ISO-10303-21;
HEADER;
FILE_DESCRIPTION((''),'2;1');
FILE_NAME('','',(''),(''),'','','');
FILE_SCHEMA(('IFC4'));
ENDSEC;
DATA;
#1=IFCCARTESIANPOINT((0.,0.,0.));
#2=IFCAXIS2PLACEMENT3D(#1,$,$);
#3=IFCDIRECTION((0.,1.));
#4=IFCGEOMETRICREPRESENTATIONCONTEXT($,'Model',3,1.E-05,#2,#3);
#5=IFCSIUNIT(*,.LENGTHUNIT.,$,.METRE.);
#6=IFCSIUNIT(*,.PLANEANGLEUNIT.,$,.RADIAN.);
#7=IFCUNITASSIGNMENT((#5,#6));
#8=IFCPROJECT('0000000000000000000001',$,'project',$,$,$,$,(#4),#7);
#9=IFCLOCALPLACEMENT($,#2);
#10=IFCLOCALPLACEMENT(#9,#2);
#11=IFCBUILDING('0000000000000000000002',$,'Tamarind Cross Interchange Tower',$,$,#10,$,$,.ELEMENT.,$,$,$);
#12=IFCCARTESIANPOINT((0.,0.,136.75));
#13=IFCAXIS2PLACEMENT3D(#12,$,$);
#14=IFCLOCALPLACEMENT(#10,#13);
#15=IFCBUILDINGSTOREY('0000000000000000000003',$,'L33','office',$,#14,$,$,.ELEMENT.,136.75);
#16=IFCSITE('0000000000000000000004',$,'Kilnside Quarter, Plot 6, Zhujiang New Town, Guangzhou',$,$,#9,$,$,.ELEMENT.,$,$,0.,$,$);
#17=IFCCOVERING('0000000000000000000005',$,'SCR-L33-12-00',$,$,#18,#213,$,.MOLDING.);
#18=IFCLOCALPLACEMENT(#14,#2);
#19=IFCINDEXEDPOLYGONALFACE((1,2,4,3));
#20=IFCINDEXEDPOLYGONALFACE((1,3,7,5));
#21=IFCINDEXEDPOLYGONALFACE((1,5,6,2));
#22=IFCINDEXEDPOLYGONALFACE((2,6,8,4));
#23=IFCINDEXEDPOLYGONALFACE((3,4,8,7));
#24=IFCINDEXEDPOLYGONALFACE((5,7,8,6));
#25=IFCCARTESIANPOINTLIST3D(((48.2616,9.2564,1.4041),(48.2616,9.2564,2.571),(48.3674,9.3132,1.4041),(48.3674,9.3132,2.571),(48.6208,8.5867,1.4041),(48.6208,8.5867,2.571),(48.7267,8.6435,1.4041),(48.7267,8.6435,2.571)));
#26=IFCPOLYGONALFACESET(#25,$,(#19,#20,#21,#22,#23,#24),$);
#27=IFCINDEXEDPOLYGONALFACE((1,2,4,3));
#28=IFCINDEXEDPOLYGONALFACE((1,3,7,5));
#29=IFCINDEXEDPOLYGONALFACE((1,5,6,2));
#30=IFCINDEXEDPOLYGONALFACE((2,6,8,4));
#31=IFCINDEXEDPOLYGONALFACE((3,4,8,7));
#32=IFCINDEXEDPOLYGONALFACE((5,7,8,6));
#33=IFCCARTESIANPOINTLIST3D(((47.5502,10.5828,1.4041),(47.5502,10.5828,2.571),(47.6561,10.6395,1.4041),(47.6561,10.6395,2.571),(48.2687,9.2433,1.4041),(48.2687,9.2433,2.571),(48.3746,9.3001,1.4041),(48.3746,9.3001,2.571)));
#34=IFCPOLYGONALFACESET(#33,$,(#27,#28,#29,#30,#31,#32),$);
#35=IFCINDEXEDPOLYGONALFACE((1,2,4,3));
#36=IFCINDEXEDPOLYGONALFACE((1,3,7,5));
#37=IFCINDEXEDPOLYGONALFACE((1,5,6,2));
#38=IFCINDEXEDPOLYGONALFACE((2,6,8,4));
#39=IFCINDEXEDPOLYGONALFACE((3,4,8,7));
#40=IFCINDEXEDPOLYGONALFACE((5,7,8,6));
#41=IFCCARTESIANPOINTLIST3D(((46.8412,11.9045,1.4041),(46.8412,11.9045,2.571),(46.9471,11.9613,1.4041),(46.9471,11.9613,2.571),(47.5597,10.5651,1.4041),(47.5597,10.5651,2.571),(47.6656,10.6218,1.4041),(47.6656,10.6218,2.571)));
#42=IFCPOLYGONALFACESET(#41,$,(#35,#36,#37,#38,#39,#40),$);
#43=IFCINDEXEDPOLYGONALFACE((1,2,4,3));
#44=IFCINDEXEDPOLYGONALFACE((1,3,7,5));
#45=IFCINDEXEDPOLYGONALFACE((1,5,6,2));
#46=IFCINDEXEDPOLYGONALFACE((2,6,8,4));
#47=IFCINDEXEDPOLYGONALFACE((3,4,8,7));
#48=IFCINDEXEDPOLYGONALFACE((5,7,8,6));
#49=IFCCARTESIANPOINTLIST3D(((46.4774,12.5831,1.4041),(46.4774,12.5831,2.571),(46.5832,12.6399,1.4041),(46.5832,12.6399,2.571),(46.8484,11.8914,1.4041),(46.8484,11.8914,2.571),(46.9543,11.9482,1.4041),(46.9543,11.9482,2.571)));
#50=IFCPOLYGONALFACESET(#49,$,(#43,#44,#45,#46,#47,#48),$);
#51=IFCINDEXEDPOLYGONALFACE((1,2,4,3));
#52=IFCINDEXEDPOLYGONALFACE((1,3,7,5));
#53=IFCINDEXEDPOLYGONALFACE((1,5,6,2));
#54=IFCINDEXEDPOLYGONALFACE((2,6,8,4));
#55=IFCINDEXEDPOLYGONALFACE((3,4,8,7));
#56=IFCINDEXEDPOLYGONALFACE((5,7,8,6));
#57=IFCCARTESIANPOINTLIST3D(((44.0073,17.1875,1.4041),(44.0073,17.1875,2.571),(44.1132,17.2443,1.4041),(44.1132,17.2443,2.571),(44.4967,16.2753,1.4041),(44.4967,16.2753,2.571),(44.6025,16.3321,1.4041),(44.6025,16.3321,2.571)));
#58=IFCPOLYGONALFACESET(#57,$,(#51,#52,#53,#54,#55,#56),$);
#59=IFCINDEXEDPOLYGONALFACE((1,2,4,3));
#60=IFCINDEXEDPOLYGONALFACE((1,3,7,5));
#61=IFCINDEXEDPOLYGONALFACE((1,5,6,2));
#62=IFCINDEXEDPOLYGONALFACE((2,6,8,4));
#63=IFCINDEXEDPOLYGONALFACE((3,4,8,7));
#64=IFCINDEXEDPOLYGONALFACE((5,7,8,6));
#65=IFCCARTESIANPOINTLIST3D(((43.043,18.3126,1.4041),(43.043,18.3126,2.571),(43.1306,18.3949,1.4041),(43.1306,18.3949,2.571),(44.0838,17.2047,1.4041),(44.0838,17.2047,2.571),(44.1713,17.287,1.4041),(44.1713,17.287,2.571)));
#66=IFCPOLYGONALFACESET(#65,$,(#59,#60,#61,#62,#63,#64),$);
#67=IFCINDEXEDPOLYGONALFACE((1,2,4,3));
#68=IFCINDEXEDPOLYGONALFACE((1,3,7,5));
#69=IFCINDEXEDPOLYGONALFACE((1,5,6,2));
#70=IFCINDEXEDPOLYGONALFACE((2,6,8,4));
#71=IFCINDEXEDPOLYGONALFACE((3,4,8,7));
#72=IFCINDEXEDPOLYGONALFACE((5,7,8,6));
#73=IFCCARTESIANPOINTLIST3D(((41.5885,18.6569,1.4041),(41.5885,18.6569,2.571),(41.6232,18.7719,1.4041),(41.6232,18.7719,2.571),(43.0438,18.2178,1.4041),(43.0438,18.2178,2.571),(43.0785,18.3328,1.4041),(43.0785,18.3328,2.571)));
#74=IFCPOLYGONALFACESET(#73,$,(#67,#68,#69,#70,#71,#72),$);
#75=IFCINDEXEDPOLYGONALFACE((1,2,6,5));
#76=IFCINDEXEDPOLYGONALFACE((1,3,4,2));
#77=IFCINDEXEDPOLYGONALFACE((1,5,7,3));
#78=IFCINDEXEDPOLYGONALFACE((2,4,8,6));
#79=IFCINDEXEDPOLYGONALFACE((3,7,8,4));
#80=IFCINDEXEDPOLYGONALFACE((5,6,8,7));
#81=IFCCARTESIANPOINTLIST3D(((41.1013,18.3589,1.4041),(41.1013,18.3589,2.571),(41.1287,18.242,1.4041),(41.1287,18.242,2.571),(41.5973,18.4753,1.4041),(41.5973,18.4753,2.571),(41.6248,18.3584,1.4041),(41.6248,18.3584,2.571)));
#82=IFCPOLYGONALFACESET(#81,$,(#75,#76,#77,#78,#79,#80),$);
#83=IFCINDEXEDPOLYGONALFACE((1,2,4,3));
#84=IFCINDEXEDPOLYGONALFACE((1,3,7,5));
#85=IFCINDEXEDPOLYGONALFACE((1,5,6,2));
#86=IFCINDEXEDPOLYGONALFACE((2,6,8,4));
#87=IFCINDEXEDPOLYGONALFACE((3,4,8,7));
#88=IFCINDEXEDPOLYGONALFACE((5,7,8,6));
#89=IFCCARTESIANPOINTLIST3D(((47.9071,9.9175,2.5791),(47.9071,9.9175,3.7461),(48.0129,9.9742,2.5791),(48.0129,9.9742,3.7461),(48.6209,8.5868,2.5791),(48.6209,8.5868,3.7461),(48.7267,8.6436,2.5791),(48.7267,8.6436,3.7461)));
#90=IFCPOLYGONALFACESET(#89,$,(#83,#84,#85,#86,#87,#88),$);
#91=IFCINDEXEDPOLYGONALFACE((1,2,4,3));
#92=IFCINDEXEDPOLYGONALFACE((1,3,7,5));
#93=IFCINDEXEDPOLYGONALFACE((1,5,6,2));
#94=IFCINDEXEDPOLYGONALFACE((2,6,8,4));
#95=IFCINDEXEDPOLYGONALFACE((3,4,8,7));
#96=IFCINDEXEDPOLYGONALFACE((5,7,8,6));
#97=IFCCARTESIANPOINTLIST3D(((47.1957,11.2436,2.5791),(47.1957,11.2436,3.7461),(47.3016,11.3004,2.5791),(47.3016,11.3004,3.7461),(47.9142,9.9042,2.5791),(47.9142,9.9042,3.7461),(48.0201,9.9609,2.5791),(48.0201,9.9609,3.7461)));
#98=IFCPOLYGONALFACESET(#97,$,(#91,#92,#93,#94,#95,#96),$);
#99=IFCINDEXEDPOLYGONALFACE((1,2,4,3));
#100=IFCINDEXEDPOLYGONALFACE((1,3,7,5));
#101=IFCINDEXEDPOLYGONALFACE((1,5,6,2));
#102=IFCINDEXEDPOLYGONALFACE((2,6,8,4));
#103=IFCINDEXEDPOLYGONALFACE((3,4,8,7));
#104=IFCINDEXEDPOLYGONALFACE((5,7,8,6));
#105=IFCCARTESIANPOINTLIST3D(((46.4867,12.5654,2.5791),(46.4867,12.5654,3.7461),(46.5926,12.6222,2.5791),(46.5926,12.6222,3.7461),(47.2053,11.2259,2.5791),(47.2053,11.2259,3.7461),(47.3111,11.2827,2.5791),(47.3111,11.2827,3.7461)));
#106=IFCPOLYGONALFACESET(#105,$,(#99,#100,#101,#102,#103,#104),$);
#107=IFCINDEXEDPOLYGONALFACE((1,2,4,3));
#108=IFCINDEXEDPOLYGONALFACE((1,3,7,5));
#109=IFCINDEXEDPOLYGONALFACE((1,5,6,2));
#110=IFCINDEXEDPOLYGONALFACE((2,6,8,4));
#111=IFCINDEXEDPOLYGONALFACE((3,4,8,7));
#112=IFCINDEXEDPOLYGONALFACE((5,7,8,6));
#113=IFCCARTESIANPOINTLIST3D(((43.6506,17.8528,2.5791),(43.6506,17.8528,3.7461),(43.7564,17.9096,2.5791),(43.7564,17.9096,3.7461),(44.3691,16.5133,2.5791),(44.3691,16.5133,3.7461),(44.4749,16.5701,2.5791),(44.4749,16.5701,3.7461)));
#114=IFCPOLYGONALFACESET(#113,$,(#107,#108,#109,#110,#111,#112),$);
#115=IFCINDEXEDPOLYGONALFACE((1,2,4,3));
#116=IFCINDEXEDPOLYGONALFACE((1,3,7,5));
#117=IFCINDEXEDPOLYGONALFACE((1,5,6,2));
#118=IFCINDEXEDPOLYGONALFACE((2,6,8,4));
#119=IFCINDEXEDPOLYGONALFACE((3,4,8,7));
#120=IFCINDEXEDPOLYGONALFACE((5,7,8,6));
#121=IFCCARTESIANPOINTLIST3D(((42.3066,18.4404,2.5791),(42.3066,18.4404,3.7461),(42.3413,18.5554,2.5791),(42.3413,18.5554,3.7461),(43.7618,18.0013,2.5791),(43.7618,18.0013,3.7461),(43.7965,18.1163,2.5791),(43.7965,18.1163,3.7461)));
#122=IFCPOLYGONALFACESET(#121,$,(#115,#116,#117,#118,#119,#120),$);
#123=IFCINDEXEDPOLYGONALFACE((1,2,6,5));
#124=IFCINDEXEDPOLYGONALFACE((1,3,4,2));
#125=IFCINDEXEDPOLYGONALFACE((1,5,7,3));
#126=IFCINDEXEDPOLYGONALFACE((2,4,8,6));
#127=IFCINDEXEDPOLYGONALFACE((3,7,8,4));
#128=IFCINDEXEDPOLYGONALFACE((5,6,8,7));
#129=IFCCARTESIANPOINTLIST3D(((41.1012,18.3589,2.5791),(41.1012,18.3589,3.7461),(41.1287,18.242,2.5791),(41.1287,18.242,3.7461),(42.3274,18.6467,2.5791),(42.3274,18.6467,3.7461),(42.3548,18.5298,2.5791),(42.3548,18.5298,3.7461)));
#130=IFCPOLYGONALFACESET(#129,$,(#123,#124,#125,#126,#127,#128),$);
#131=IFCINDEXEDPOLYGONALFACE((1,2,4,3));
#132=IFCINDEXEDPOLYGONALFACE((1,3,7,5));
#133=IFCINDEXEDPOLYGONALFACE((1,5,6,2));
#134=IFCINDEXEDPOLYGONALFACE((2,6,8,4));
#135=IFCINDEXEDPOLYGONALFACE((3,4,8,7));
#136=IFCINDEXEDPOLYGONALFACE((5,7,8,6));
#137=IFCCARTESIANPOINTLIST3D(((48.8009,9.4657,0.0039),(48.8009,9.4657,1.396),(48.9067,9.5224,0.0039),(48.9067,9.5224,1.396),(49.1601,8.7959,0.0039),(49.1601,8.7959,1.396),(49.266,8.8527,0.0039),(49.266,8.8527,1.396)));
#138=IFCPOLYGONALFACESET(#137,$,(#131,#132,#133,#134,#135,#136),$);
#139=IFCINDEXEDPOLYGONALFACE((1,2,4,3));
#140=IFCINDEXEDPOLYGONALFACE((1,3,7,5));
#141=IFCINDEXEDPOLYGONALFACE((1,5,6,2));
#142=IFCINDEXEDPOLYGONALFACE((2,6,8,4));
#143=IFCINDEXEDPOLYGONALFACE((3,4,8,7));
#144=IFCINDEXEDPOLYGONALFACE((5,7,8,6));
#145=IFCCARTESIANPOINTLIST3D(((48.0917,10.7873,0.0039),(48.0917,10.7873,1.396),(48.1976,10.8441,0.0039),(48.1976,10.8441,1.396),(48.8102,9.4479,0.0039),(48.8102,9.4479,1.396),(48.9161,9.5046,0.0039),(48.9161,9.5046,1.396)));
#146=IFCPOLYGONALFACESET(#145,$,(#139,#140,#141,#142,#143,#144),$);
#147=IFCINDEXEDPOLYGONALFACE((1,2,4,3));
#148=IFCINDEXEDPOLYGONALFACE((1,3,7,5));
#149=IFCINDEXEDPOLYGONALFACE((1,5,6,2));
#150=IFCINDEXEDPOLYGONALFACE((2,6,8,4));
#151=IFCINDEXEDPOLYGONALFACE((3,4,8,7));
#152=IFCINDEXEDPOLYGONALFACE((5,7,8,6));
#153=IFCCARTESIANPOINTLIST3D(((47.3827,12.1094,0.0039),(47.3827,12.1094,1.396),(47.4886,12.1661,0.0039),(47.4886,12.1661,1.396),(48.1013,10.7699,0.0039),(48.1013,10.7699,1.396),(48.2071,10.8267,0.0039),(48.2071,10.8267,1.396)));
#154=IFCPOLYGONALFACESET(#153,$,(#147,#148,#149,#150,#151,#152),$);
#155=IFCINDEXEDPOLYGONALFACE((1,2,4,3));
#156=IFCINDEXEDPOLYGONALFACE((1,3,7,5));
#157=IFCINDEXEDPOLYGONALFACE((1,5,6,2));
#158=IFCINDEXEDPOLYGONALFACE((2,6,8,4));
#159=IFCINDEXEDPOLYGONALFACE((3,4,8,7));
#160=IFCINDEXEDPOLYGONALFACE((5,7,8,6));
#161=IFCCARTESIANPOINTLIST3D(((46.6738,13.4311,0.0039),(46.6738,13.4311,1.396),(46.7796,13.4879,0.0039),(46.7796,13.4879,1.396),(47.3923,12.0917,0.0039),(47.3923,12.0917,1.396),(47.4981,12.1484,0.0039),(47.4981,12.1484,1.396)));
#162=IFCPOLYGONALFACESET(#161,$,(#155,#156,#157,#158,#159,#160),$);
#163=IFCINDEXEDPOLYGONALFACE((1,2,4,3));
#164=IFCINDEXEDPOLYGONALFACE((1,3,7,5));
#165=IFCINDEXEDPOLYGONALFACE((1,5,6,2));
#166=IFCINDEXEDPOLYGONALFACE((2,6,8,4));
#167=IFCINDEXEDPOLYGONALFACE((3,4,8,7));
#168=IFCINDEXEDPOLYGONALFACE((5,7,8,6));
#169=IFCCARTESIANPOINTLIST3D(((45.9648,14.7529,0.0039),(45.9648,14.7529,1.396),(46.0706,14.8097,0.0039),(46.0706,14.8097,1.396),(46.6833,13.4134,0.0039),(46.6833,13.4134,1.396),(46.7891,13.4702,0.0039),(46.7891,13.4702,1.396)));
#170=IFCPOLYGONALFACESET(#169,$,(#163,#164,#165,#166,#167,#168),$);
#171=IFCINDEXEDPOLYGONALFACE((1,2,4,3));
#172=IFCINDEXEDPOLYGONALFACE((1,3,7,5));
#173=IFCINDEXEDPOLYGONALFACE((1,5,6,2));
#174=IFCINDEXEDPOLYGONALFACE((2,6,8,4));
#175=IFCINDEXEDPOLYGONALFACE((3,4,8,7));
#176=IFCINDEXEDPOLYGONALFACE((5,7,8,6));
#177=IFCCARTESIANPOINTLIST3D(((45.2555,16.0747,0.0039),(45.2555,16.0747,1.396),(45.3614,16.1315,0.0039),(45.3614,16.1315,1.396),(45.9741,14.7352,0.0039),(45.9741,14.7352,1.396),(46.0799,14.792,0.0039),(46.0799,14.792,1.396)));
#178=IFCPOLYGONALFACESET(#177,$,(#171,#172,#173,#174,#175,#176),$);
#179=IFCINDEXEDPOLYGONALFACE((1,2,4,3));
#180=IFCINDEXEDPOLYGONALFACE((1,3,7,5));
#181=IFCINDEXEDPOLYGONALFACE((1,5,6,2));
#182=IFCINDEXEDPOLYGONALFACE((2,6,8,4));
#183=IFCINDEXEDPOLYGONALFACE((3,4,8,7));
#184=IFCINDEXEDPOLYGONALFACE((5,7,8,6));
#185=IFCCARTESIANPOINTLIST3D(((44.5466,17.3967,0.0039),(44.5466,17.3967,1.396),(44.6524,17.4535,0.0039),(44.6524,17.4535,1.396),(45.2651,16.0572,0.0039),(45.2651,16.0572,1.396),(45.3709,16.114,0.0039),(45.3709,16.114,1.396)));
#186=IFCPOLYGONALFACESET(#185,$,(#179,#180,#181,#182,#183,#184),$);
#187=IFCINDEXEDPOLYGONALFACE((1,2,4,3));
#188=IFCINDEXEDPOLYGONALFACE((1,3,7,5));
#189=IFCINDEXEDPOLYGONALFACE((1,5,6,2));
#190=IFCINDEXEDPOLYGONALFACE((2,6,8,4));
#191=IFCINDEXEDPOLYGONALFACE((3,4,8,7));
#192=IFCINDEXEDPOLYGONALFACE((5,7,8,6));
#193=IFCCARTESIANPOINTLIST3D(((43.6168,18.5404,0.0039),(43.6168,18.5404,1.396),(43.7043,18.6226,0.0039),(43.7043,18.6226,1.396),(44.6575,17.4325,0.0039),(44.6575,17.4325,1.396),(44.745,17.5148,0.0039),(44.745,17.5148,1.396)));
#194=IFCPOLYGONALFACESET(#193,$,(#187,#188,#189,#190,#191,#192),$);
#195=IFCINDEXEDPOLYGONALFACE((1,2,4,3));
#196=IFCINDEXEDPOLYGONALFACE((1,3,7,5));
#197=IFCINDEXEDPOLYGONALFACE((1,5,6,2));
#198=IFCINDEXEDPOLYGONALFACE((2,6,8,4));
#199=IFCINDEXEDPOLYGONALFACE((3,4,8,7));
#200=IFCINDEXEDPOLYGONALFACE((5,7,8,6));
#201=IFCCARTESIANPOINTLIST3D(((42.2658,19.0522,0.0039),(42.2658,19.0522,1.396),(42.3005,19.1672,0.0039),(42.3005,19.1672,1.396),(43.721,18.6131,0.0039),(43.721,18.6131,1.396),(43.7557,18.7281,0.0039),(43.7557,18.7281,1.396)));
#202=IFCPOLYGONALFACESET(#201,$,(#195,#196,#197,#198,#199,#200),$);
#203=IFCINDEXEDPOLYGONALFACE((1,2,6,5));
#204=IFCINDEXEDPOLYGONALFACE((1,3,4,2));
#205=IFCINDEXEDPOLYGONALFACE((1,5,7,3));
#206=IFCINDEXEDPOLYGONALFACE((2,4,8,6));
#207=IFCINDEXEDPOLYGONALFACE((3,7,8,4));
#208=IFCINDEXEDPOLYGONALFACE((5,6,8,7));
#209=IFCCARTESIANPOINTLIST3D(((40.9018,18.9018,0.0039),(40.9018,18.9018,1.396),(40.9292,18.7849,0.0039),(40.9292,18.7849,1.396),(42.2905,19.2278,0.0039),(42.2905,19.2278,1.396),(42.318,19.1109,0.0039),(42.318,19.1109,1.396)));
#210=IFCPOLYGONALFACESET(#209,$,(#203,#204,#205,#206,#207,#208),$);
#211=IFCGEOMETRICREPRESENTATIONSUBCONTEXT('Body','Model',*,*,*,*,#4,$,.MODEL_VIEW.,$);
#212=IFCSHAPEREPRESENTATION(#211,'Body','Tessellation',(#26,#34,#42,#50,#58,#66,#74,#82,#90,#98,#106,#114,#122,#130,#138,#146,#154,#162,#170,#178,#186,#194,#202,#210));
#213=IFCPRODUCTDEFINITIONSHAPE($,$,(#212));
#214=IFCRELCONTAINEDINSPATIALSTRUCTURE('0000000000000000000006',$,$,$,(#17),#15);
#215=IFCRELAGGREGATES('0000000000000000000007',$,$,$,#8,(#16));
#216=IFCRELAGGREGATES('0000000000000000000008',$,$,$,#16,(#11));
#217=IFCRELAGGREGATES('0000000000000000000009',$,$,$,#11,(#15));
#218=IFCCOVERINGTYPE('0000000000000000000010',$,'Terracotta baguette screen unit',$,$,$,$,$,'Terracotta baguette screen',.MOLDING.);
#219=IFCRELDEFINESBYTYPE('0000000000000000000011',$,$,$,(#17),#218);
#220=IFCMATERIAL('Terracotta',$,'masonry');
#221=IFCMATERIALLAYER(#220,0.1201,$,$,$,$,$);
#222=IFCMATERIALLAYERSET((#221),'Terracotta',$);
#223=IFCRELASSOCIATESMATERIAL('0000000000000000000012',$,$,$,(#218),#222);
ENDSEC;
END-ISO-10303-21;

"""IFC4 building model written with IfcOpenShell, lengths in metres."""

from ifc_helpers import new_model, si_unit, direction, frame, origin, origin_2d, place, context, subcontext, project, spatial, rectangle, extrude, material, layer, layer_set, type_object, element, save


model = new_model("IFC4")

# Units and contexts
model_context = context("Model", 3, precision=1e-05, world=origin(), true_north=direction((0.0, 1.0)))
body_context = subcontext(model_context, "Body", "Model", "MODEL_VIEW")
ifc_project = project(units=[si_unit("LENGTHUNIT", "METRE"), si_unit("PLANEANGLEUNIT", "RADIAN")], contexts=[model_context])

# Site, building, storey
site_placement = place(None, origin())
site = spatial("IfcSite", under=ifc_project, at=site_placement, Name="Kilnside Quarter, Plot 6, Zhujiang New Town, Guangzhou", CompositionType="ELEMENT", RefElevation=0.0)
building_placement = place(site_placement, origin())
building = spatial("IfcBuilding", under=site, at=building_placement, Name="Tamarind Cross Interchange Tower", CompositionType="ELEMENT")
storey_placement = place(building_placement, frame((0.0, 0.0, 136.75)))
storey = spatial("IfcBuildingStorey", under=building, at=storey_placement, Name="L33", Description="office", CompositionType="ELEMENT", Elevation=136.75)

# Covering
ifc_material_1 = material(Name="Terracotta", Category="masonry")
ifc_layer_1 = layer(ifc_material_1, 0.1201)
ifc_layer_set_1 = layer_set([ifc_layer_1], Name="Terracotta")
covering_type = type_object("IfcCoveringType", Name="Terracotta baguette screen unit", ElementType="Terracotta baguette screen", PredefinedType="MOLDING", material=ifc_layer_set_1)
covering_1_placement = place(storey_placement, origin())
element("IfcCovering", 1, at=covering_1_placement, inside=storey, type_object=covering_type, Name="SCR-L33-12-00", PredefinedType="MOLDING", context=body_context, shape_type="SweptSolid", body=[
    extrude(rectangle(XDim=0.76, YDim=0.1201, at=origin_2d()), frame((48.4941, 8.95, 1.4041), z_axis=(0.0, 0.0, 1.0), x_axis=(-0.472698, 0.881224, 0.0)), (0.0, 0.0, 1.0), 1.167),
    extrude(rectangle(XDim=1.52, YDim=0.1201, at=origin_2d()), frame((47.9624, 9.9414, 1.4041), z_axis=(0.0, 0.0, 1.0), x_axis=(-0.472698, 0.881224, 0.0)), (0.0, 0.0, 1.0), 1.167),
    extrude(rectangle(XDim=1.52, YDim=0.1201, at=origin_2d()), frame((47.2534, 11.2632, 1.4041), z_axis=(0.0, 0.0, 1.0), x_axis=(-0.472698, 0.881224, 0.0)), (0.0, 0.0, 1.0), 1.167),
    extrude(rectangle(XDim=0.7849, YDim=0.1201, at=origin_2d()), frame((46.7158, 12.2656, 1.4041), z_axis=(0.0, 0.0, 1.0), x_axis=(-0.472698, 0.881224, 0.0)), (0.0, 0.0, 1.0), 1.167),
    extrude(rectangle(XDim=1.0352, YDim=0.1201, at=origin_2d()), frame((44.3049, 16.7598, 1.4041), z_axis=(0.0, 0.0, 1.0), x_axis=(-0.472698, 0.881224, 0.0)), (0.0, 0.0, 1.0), 1.167),
    extrude(rectangle(XDim=1.52, YDim=0.1201, at=origin_2d()), frame((43.6072, 17.7998, 1.4041), z_axis=(0.0, 0.0, 1.0), x_axis=(-0.684669, 0.728854, 0.0)), (0.0, 0.0, 1.0), 1.167),
    extrude(rectangle(XDim=1.52, YDim=0.1201, at=origin_2d()), frame((42.3335, 18.4949, 1.4041), z_axis=(0.0, 0.0, 1.0), x_axis=(-0.957368, 0.288871, 0.0)), (0.0, 0.0, 1.0), 1.167),
    extrude(rectangle(XDim=0.5095, YDim=0.1201, at=origin_2d()), frame((41.363, 18.3586, 1.4041), z_axis=(0.0, 0.0, 1.0), x_axis=(-0.973541, -0.228514, 0.0)), (0.0, 0.0, 1.0), 1.167),
    extrude(rectangle(XDim=1.51, YDim=0.1201, at=origin_2d()), frame((48.3169, 9.2805, 2.5791), z_axis=(0.0, 0.0, 1.0), x_axis=(-0.472698, 0.881224, 0.0)), (0.0, 0.0, 1.0), 1.167),
    extrude(rectangle(XDim=1.52, YDim=0.1201, at=origin_2d()), frame((47.6079, 10.6023, 2.5791), z_axis=(0.0, 0.0, 1.0), x_axis=(-0.472698, 0.881224, 0.0)), (0.0, 0.0, 1.0), 1.167),
    extrude(rectangle(XDim=1.52, YDim=0.1201, at=origin_2d()), frame((46.8989, 11.9241, 2.5791), z_axis=(0.0, 0.0, 1.0), x_axis=(-0.472698, 0.881224, 0.0)), (0.0, 0.0, 1.0), 1.167),
    extrude(rectangle(XDim=1.52, YDim=0.1201, at=origin_2d()), frame((44.0627, 17.2114, 2.5791), z_axis=(0.0, 0.0, 1.0), x_axis=(-0.472698, 0.881224, 0.0)), (0.0, 0.0, 1.0), 1.167),
    extrude(rectangle(XDim=1.52, YDim=0.1201, at=origin_2d()), frame((43.0515, 18.2783, 2.5791), z_axis=(0.0, 0.0, 1.0), x_axis=(-0.957368, 0.288871, 0.0)), (0.0, 0.0, 1.0), 1.167),
    extrude(rectangle(XDim=1.2595, YDim=0.1201, at=origin_2d()), frame((41.728, 18.4443, 2.5791), z_axis=(0.0, 0.0, 1.0), x_axis=(-0.973541, -0.228514, 0.0)), (0.0, 0.0, 1.0), 1.167),
    extrude(rectangle(XDim=0.76, YDim=0.1201, at=origin_2d()), frame((49.0334, 9.1592, 0.0039), z_axis=(0.0, 0.0, 1.0), x_axis=(-0.472698, 0.881224, 0.0)), (0.0, 0.0, 1.0), 1.3921),
    extrude(rectangle(XDim=1.52, YDim=0.1201, at=origin_2d()), frame((48.5039, 10.146, 0.0039), z_axis=(0.0, 0.0, 1.0), x_axis=(-0.472698, 0.881224, 0.0)), (0.0, 0.0, 1.0), 1.3921),
    extrude(rectangle(XDim=1.52, YDim=0.1201, at=origin_2d()), frame((47.7949, 11.468, 0.0039), z_axis=(0.0, 0.0, 1.0), x_axis=(-0.472698, 0.881224, 0.0)), (0.0, 0.0, 1.0), 1.3921),
    extrude(rectangle(XDim=1.52, YDim=0.1201, at=origin_2d()), frame((47.0859, 12.7898, 0.0039), z_axis=(0.0, 0.0, 1.0), x_axis=(-0.472698, 0.881224, 0.0)), (0.0, 0.0, 1.0), 1.3921),
    extrude(rectangle(XDim=1.52, YDim=0.1201, at=origin_2d()), frame((46.377, 14.1116, 0.0039), z_axis=(0.0, 0.0, 1.0), x_axis=(-0.472698, 0.881224, 0.0)), (0.0, 0.0, 1.0), 1.3921),
    extrude(rectangle(XDim=1.52, YDim=0.1201, at=origin_2d()), frame((45.6677, 15.4333, 0.0039), z_axis=(0.0, 0.0, 1.0), x_axis=(-0.472698, 0.881224, 0.0)), (0.0, 0.0, 1.0), 1.3921),
    extrude(rectangle(XDim=1.52, YDim=0.1201, at=origin_2d()), frame((44.9587, 16.7554, 0.0039), z_axis=(0.0, 0.0, 1.0), x_axis=(-0.472698, 0.881224, 0.0)), (0.0, 0.0, 1.0), 1.3921),
    extrude(rectangle(XDim=1.52, YDim=0.1201, at=origin_2d()), frame((44.1809, 18.0276, 0.0039), z_axis=(0.0, 0.0, 1.0), x_axis=(-0.684669, 0.728854, 0.0)), (0.0, 0.0, 1.0), 1.3921),
    extrude(rectangle(XDim=1.52, YDim=0.1201, at=origin_2d()), frame((43.0107, 18.8901, 0.0039), z_axis=(0.0, 0.0, 1.0), x_axis=(-0.957368, 0.288871, 0.0)), (0.0, 0.0, 1.0), 1.3921),
    extrude(rectangle(XDim=1.4265, YDim=0.1201, at=origin_2d()), frame((41.6099, 19.0063, 0.0039), z_axis=(0.0, 0.0, 1.0), x_axis=(-0.973541, -0.228514, 0.0)), (0.0, 0.0, 1.0), 1.3921),
])

save(model, "model.ifc")
